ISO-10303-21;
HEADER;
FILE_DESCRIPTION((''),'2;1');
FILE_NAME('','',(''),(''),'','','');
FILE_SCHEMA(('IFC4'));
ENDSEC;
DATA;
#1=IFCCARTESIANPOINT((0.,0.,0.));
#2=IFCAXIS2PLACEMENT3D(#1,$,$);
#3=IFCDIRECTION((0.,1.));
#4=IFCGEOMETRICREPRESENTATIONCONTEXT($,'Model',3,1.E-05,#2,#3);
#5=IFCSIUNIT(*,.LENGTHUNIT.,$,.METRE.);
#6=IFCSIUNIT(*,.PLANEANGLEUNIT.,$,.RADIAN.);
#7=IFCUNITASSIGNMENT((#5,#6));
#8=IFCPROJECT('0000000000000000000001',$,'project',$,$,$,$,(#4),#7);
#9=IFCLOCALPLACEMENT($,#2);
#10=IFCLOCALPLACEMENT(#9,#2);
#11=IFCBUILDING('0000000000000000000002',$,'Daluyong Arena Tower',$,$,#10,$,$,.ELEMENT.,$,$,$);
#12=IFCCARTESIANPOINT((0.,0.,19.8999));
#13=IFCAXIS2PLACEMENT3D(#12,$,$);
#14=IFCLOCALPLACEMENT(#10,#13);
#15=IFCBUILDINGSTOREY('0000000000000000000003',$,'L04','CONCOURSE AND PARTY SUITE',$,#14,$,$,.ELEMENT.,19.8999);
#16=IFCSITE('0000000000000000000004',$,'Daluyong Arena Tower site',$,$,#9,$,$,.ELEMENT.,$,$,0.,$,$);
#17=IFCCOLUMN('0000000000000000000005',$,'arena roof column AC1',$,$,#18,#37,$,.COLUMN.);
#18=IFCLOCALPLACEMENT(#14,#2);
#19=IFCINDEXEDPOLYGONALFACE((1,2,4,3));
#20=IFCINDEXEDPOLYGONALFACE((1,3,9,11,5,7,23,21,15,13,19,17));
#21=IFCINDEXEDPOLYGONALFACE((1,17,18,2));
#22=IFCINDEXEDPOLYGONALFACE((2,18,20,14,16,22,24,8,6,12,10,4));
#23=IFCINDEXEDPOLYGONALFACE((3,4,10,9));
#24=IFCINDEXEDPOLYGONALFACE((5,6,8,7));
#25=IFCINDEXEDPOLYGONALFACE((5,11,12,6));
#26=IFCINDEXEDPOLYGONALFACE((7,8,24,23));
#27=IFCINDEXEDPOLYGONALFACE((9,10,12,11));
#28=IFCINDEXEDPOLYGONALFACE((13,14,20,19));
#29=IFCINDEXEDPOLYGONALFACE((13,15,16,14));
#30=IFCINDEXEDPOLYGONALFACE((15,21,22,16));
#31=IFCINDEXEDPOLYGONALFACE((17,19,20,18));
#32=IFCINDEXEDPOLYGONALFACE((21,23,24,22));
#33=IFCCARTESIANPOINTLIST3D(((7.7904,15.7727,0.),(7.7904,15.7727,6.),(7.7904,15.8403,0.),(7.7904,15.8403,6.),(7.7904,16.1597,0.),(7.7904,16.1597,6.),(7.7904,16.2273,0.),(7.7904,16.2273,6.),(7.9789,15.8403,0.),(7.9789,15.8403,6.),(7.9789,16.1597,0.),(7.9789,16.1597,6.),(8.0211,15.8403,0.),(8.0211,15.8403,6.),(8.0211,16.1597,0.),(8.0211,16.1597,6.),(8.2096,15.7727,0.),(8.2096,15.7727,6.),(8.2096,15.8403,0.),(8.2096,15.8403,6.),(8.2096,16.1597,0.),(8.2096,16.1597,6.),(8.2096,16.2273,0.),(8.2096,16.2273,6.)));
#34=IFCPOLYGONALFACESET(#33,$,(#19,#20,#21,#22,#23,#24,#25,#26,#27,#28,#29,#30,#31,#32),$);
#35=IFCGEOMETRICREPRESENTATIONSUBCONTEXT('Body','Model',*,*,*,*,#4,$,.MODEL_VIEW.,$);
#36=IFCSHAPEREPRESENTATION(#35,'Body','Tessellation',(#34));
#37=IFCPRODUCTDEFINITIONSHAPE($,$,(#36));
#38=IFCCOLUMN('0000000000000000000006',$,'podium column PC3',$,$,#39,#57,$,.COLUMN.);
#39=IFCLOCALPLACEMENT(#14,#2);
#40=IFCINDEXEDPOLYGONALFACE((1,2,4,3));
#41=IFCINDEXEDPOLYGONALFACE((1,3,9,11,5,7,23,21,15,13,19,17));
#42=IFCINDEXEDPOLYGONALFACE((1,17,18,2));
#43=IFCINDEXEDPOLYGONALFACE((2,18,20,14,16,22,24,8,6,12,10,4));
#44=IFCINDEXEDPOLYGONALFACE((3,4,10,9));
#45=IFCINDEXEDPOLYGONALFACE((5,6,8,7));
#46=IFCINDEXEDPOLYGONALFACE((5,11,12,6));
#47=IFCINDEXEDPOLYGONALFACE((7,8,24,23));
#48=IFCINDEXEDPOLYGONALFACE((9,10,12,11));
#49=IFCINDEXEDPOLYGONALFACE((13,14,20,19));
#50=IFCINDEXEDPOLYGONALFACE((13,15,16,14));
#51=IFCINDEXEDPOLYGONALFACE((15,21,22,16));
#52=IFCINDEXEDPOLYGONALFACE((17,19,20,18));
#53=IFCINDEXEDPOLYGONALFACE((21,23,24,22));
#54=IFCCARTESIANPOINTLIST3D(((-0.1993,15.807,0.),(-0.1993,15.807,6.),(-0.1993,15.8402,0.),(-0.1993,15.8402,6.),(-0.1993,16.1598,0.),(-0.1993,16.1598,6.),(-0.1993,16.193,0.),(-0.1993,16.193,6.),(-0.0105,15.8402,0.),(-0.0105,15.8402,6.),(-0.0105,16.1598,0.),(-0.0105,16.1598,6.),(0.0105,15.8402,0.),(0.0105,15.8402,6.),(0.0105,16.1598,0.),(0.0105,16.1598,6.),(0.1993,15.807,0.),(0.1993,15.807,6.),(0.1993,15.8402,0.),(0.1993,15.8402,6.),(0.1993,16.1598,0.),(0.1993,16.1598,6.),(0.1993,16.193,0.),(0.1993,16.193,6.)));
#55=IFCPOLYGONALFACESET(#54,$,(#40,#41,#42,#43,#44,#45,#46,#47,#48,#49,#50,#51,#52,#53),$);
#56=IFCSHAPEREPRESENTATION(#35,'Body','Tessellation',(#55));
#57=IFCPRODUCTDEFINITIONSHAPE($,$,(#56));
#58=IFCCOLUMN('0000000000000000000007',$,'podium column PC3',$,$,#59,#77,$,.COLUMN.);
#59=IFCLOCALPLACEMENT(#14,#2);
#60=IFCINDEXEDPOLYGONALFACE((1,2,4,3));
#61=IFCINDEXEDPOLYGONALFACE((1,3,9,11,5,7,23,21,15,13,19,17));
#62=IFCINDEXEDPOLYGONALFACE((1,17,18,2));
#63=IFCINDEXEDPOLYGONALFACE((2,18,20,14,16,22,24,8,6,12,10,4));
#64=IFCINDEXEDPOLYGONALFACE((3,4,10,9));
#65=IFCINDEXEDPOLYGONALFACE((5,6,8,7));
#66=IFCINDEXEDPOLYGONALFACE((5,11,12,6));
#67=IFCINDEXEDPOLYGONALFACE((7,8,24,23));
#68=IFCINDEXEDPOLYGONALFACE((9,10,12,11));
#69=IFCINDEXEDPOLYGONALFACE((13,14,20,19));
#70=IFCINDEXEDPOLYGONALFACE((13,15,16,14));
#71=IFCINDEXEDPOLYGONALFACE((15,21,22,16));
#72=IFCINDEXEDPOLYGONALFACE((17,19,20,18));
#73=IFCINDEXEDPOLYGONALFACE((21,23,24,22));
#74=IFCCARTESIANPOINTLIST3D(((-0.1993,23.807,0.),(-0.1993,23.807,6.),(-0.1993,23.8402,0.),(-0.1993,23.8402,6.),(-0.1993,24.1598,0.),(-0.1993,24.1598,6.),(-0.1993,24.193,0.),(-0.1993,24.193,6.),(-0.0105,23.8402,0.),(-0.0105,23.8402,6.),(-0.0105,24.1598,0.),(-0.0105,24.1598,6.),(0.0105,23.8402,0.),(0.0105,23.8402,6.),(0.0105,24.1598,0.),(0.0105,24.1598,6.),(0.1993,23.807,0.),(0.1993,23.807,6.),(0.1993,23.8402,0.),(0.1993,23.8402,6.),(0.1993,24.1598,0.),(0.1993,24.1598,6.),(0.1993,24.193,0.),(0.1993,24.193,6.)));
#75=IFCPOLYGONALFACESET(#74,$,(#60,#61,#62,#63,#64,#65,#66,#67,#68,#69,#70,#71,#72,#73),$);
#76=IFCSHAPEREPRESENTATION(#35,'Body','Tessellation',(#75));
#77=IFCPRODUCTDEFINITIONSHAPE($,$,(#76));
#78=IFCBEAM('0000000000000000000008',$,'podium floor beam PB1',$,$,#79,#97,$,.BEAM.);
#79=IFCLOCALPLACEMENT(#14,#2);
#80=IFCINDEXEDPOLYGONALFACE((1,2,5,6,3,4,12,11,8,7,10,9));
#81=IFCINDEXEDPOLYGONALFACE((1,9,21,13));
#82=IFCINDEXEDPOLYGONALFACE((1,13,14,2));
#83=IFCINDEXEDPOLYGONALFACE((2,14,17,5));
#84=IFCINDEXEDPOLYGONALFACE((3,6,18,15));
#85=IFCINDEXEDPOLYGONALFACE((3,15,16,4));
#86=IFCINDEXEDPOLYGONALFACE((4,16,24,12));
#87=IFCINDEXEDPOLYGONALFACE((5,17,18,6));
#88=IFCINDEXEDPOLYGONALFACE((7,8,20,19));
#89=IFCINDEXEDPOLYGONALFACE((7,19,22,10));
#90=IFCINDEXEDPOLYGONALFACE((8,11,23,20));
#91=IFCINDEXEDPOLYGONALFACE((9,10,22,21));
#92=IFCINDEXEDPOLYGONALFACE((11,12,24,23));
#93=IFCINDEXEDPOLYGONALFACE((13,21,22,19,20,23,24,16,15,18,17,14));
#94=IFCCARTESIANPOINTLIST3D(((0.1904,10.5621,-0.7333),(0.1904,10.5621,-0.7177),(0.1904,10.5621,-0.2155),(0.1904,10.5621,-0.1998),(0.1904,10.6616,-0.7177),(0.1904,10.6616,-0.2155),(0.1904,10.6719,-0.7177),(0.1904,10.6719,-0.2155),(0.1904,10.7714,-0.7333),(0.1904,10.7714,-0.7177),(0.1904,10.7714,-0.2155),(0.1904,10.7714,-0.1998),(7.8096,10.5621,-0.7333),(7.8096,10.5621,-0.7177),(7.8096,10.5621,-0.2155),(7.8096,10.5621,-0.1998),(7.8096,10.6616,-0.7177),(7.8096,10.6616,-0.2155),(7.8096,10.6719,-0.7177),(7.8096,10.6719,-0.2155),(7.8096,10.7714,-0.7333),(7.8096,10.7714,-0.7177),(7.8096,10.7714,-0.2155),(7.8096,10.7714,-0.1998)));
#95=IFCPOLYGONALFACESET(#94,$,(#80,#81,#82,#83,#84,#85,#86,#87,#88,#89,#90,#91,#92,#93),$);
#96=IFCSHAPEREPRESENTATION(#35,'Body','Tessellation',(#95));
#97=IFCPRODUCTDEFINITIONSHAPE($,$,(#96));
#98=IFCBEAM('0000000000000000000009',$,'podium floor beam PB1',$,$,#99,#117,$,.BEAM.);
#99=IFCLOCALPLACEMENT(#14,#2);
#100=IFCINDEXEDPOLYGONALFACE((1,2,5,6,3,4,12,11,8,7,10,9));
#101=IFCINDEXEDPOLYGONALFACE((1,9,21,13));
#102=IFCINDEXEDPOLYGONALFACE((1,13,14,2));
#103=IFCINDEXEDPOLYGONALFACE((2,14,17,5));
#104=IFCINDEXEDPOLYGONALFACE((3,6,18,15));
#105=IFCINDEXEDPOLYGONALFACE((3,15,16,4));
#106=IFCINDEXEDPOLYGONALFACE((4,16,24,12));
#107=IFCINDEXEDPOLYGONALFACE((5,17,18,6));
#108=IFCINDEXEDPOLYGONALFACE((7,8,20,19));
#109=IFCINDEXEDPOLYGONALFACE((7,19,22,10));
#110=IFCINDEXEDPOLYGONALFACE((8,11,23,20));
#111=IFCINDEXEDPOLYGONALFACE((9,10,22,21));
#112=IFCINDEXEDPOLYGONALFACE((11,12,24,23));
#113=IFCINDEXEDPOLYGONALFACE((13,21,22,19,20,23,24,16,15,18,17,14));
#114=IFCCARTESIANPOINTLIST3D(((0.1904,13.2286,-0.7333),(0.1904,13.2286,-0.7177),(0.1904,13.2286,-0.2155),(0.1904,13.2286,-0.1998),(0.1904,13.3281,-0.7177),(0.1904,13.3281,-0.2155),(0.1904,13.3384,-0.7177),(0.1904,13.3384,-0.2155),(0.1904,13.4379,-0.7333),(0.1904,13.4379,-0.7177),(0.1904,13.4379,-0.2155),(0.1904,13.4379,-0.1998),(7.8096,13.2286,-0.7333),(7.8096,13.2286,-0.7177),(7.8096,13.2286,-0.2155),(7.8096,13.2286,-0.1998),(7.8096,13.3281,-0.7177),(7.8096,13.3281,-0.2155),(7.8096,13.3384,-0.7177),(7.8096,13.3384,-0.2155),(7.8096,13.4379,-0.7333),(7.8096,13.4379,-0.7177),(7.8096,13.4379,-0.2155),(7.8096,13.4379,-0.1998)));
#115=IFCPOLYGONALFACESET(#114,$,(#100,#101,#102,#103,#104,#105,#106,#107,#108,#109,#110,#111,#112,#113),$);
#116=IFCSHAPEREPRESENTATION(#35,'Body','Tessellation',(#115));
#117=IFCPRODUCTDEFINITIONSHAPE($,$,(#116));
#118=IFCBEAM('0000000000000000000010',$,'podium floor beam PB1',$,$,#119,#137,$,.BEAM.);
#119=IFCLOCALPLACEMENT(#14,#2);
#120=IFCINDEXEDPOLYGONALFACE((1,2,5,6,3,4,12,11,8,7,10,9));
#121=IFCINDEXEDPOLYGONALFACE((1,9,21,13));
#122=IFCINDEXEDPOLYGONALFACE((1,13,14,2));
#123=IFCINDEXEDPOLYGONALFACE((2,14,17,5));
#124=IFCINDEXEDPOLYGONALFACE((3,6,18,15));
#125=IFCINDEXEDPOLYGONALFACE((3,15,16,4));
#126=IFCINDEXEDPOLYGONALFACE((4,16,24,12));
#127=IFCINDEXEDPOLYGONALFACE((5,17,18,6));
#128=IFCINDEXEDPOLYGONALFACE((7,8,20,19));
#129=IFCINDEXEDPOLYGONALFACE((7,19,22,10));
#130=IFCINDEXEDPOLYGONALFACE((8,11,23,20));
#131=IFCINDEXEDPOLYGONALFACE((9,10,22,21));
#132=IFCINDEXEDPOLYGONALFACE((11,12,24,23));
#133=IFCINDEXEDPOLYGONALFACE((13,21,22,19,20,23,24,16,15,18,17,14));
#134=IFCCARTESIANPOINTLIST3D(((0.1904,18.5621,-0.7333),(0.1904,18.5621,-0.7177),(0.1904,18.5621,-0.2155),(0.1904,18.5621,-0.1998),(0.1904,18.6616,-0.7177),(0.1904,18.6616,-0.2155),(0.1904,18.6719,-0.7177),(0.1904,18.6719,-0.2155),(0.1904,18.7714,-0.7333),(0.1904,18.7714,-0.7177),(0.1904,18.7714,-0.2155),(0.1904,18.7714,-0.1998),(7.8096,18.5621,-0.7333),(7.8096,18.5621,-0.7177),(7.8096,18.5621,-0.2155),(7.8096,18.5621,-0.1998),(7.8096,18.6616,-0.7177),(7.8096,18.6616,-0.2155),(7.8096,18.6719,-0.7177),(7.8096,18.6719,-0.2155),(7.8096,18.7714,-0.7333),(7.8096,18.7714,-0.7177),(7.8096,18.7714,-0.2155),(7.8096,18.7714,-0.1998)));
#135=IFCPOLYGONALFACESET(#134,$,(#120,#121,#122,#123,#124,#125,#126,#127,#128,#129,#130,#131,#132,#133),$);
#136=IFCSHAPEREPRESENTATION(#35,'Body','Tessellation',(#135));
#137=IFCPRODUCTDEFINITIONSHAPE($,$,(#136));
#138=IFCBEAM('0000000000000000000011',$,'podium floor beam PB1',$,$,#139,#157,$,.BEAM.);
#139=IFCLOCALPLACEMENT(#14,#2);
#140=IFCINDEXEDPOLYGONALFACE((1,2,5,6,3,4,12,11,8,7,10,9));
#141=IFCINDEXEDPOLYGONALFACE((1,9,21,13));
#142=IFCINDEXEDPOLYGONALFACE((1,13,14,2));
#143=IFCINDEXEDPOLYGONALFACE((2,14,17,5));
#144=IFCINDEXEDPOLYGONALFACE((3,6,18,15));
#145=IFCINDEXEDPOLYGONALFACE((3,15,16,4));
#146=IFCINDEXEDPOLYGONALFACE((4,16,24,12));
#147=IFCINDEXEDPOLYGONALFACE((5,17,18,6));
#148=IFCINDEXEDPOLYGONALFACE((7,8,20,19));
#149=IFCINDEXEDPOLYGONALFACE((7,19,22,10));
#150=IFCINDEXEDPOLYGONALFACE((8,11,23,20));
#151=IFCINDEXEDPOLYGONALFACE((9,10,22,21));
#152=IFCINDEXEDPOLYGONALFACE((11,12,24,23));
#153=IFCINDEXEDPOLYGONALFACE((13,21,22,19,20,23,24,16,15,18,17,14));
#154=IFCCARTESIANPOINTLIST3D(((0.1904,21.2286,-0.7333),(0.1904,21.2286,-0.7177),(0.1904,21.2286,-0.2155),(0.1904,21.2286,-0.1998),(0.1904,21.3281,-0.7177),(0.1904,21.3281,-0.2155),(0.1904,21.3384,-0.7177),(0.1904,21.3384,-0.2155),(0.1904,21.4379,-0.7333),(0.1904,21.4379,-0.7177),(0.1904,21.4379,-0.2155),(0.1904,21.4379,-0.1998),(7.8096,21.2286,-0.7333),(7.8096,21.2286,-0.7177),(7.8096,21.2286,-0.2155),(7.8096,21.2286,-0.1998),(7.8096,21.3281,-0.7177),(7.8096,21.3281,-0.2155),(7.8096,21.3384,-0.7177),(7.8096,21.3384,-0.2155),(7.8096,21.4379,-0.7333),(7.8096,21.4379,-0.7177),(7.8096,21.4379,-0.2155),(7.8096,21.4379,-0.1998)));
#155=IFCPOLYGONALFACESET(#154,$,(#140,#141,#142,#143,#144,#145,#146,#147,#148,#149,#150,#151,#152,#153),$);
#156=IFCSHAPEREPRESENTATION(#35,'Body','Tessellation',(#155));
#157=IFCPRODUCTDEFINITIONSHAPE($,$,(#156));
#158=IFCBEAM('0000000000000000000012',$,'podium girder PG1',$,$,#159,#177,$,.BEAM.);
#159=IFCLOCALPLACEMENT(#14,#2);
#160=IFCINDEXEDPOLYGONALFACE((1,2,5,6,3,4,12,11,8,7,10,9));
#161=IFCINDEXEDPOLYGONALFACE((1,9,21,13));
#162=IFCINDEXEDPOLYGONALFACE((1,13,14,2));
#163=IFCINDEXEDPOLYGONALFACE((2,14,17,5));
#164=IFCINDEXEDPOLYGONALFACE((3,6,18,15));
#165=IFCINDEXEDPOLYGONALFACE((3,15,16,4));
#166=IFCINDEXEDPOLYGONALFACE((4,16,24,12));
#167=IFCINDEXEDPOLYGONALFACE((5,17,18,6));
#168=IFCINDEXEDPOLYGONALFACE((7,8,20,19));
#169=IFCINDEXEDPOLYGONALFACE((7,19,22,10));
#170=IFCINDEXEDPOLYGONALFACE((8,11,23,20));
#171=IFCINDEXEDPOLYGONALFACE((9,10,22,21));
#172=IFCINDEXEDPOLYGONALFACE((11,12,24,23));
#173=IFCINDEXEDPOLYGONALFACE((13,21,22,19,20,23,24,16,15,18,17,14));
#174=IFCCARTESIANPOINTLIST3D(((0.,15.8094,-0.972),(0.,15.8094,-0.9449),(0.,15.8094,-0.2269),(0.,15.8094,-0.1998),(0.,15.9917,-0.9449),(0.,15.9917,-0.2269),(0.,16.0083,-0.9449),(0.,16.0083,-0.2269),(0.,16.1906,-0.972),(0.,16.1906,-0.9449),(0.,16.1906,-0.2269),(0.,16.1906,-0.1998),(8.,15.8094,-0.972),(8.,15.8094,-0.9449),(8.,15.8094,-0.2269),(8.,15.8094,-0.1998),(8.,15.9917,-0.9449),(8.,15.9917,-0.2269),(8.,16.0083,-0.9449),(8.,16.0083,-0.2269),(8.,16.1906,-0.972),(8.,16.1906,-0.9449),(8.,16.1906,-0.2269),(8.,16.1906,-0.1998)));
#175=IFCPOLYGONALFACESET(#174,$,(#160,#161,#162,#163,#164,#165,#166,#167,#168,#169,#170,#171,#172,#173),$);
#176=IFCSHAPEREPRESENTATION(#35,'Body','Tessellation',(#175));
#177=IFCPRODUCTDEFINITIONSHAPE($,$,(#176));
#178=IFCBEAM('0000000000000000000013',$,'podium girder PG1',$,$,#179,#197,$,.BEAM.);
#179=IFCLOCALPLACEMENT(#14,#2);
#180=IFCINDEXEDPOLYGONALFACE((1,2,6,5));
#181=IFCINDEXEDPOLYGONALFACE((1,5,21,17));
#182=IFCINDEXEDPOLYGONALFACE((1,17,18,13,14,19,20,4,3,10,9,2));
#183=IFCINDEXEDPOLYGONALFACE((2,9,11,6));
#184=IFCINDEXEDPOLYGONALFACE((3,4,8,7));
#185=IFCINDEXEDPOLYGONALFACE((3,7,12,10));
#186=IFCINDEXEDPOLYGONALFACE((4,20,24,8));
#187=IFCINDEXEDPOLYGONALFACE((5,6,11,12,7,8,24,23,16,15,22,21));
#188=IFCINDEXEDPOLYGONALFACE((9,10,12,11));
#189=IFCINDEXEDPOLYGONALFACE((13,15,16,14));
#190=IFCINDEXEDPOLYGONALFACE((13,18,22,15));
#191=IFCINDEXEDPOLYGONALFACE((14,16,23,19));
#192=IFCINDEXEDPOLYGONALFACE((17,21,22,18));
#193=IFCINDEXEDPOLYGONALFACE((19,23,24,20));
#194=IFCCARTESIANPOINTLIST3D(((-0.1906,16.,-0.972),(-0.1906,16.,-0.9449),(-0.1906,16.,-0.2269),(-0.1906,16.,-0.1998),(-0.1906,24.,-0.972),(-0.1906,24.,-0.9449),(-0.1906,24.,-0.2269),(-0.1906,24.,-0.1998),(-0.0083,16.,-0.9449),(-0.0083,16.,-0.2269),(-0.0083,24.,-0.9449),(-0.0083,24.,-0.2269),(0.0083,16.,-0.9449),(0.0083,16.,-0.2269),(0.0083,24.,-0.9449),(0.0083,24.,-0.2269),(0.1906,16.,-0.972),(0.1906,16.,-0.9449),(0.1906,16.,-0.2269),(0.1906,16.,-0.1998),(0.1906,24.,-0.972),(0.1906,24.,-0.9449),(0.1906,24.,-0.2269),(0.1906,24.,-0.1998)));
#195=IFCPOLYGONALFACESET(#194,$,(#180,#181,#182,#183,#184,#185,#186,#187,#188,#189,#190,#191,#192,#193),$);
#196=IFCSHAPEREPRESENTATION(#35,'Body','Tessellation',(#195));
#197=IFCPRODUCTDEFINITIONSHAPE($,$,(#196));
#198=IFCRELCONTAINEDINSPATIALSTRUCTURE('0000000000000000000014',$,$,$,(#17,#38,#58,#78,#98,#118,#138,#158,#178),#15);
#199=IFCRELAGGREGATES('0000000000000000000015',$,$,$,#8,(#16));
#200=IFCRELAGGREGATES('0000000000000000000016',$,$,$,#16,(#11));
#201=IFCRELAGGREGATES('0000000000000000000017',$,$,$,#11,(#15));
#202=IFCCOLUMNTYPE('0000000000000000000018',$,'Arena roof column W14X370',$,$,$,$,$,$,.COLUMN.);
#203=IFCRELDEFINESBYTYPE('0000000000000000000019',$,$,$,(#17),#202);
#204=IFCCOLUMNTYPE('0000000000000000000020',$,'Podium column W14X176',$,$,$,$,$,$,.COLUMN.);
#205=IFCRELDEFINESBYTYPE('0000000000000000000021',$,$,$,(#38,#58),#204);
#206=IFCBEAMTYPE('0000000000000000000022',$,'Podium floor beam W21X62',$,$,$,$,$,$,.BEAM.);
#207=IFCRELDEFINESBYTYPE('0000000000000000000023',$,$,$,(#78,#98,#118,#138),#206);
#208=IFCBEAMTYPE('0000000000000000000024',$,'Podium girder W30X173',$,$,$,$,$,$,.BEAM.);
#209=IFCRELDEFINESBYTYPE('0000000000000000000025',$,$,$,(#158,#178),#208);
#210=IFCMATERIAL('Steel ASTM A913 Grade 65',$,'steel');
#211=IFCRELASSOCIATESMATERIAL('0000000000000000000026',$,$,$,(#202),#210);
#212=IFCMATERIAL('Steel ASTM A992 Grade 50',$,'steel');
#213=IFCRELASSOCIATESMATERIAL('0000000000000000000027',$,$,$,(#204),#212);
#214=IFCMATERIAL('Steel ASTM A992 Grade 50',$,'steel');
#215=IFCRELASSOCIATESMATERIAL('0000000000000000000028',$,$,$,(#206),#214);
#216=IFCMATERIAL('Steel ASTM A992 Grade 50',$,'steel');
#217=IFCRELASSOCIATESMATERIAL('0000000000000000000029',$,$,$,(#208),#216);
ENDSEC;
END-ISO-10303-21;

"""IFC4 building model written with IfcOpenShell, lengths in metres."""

from ifc_helpers import new_model, si_unit, direction, frame, origin, origin_2d, place, context, subcontext, project, spatial, i_section, extrude, material, material_profile, profile_set, type_object, element, save


model = new_model("IFC4")

# Units and contexts
model_context = context("Model", 3, precision=1e-05, world=origin(), true_north=direction((0.0, 1.0)))
body_context = subcontext(model_context, "Body", "Model", "MODEL_VIEW")
ifc_project = project(units=[si_unit("LENGTHUNIT", "METRE"), si_unit("PLANEANGLEUNIT", "RADIAN")], contexts=[model_context])

# Site, building, storey
site_placement = place(None, origin())
site = spatial("IfcSite", under=ifc_project, at=site_placement, Name="Daluyong Arena Tower site", CompositionType="ELEMENT", RefElevation=0.0)
building_placement = place(site_placement, origin())
building = spatial("IfcBuilding", under=site, at=building_placement, Name="Daluyong Arena Tower", CompositionType="ELEMENT")
storey_placement = place(building_placement, frame((0.0, 0.0, 19.8999)))
storey = spatial("IfcBuildingStorey", under=building, at=storey_placement, Name="L04", Description="CONCOURSE AND PARTY SUITE", CompositionType="ELEMENT", Elevation=19.8999)

# Columns
ifc_material_1 = material(Name="Steel ASTM A913 Grade 65", Category="steel")
ifc_material_profile_1 = material_profile(ifc_material_1, i_section(OverallWidth=0.4192, OverallDepth=0.4546, WebThickness=0.0422, FlangeThickness=0.0676, at=origin_2d()))
ifc_profile_set_1 = profile_set([ifc_material_profile_1], Name="Steel ASTM A913 Grade 65")
column_type_1 = type_object("IfcColumnType", Name="Arena roof column W14X370", PredefinedType="COLUMN", material=ifc_profile_set_1)
column_placement = place(storey_placement, frame((8.0, 16.0, 0.0), z_axis=(0.0, 0.0, 1.0), x_axis=(1.0, 0.0, 0.0)))
element("IfcColumn", 1, at=column_placement, inside=storey, type_object=column_type_1, Name="arena roof column AC1", PredefinedType="COLUMN", context=body_context, shape_type="SweptSolid", body=[
    extrude(i_section(OverallWidth=0.4192, OverallDepth=0.4546, WebThickness=0.0422, FlangeThickness=0.0676, at=origin_2d()), origin(), (0.0, 0.0, 1.0), 6.0),
])
ifc_material_2 = material(Name="Steel ASTM A992 Grade 50", Category="steel")
ifc_material_profile_2 = material_profile(ifc_material_2, i_section(OverallWidth=0.3987, OverallDepth=0.386, WebThickness=0.021, FlangeThickness=0.0332, at=origin_2d()))
ifc_profile_set_2 = profile_set([ifc_material_profile_2], Name="Steel ASTM A992 Grade 50")
column_type_2 = type_object("IfcColumnType", Name="Podium column W14X176", PredefinedType="COLUMN", material=ifc_profile_set_2)
for number, where, z_axis, x_axis, name in (
    (2, (0.0, 16.0, 0.0), (0.0, 0.0, 1.0), (1.0, 0.0, 0.0), "podium column PC3"),
    (3, (0.0, 24.0, 0.0), (0.0, 0.0, 1.0), (1.0, 0.0, 0.0), "podium column PC3"),
):
    element("IfcColumn", number, at=place(storey_placement, frame(where, z_axis=z_axis, x_axis=x_axis)), inside=storey, type_object=column_type_2, Name=name, PredefinedType="COLUMN", context=body_context, shape_type="SweptSolid", body=[
        extrude(i_section(OverallWidth=0.3987, OverallDepth=0.386, WebThickness=0.021, FlangeThickness=0.0332, at=origin_2d()), origin(), (0.0, 0.0, 1.0), 6.0),
    ])

# Beams
ifc_material_3 = material(Name="Steel ASTM A992 Grade 50", Category="steel")
ifc_material_profile_3 = material_profile(ifc_material_3, i_section(OverallWidth=0.2092, OverallDepth=0.5334, WebThickness=0.0103, FlangeThickness=0.0156, at=origin_2d()))
ifc_profile_set_3 = profile_set([ifc_material_profile_3], Name="Steel ASTM A992 Grade 50")
beam_type_1 = type_object("IfcBeamType", Name="Podium floor beam W21X62", PredefinedType="BEAM", material=ifc_profile_set_3)
for number, where, z_axis, x_axis, name in (
    (4, (0.1904, 10.6667, -0.4666), (1.0, 0.0, 0.0), (0.0, 1.0, 0.0), "podium floor beam PB1"),
    (5, (0.1904, 13.3333, -0.4666), (1.0, 0.0, 0.0), (0.0, 1.0, 0.0), "podium floor beam PB1"),
    (6, (0.1904, 18.6667, -0.4666), (1.0, 0.0, 0.0), (0.0, 1.0, 0.0), "podium floor beam PB1"),
    (7, (0.1904, 21.3333, -0.4666), (1.0, 0.0, 0.0), (0.0, 1.0, 0.0), "podium floor beam PB1"),
):
    element("IfcBeam", number, at=place(storey_placement, frame(where, z_axis=z_axis, x_axis=x_axis)), inside=storey, type_object=beam_type_1, Name=name, PredefinedType="BEAM", context=body_context, shape_type="SweptSolid", body=[
        extrude(i_section(OverallWidth=0.2092, OverallDepth=0.5334, WebThickness=0.0103, FlangeThickness=0.0156, at=origin_2d()), origin(), (0.0, 0.0, 1.0), 7.6191),
    ])
ifc_material_4 = material(Name="Steel ASTM A992 Grade 50", Category="steel")
ifc_material_profile_4 = material_profile(ifc_material_4, i_section(OverallWidth=0.3811, OverallDepth=0.7722, WebThickness=0.0166, FlangeThickness=0.0271, at=origin_2d()))
ifc_profile_set_4 = profile_set([ifc_material_profile_4], Name="Steel ASTM A992 Grade 50")
beam_type_2 = type_object("IfcBeamType", Name="Podium girder W30X173", PredefinedType="BEAM", material=ifc_profile_set_4)
for number, where, z_axis, x_axis, name in (
    (8, (0.0, 16.0, -0.5859), (1.0, 0.0, 0.0), (0.0, 1.0, 0.0), "podium girder PG1"),
    (9, (0.0, 16.0, -0.5859), (0.0, 1.0, 0.0), (-1.0, 0.0, 0.0), "podium girder PG1"),
):
    element("IfcBeam", number, at=place(storey_placement, frame(where, z_axis=z_axis, x_axis=x_axis)), inside=storey, type_object=beam_type_2, Name=name, PredefinedType="BEAM", context=body_context, shape_type="SweptSolid", body=[
        extrude(i_section(OverallWidth=0.3811, OverallDepth=0.7722, WebThickness=0.0166, FlangeThickness=0.0271, at=origin_2d()), origin(), (0.0, 0.0, 1.0), 8.0),
    ])

save(model, "model.ifc")
